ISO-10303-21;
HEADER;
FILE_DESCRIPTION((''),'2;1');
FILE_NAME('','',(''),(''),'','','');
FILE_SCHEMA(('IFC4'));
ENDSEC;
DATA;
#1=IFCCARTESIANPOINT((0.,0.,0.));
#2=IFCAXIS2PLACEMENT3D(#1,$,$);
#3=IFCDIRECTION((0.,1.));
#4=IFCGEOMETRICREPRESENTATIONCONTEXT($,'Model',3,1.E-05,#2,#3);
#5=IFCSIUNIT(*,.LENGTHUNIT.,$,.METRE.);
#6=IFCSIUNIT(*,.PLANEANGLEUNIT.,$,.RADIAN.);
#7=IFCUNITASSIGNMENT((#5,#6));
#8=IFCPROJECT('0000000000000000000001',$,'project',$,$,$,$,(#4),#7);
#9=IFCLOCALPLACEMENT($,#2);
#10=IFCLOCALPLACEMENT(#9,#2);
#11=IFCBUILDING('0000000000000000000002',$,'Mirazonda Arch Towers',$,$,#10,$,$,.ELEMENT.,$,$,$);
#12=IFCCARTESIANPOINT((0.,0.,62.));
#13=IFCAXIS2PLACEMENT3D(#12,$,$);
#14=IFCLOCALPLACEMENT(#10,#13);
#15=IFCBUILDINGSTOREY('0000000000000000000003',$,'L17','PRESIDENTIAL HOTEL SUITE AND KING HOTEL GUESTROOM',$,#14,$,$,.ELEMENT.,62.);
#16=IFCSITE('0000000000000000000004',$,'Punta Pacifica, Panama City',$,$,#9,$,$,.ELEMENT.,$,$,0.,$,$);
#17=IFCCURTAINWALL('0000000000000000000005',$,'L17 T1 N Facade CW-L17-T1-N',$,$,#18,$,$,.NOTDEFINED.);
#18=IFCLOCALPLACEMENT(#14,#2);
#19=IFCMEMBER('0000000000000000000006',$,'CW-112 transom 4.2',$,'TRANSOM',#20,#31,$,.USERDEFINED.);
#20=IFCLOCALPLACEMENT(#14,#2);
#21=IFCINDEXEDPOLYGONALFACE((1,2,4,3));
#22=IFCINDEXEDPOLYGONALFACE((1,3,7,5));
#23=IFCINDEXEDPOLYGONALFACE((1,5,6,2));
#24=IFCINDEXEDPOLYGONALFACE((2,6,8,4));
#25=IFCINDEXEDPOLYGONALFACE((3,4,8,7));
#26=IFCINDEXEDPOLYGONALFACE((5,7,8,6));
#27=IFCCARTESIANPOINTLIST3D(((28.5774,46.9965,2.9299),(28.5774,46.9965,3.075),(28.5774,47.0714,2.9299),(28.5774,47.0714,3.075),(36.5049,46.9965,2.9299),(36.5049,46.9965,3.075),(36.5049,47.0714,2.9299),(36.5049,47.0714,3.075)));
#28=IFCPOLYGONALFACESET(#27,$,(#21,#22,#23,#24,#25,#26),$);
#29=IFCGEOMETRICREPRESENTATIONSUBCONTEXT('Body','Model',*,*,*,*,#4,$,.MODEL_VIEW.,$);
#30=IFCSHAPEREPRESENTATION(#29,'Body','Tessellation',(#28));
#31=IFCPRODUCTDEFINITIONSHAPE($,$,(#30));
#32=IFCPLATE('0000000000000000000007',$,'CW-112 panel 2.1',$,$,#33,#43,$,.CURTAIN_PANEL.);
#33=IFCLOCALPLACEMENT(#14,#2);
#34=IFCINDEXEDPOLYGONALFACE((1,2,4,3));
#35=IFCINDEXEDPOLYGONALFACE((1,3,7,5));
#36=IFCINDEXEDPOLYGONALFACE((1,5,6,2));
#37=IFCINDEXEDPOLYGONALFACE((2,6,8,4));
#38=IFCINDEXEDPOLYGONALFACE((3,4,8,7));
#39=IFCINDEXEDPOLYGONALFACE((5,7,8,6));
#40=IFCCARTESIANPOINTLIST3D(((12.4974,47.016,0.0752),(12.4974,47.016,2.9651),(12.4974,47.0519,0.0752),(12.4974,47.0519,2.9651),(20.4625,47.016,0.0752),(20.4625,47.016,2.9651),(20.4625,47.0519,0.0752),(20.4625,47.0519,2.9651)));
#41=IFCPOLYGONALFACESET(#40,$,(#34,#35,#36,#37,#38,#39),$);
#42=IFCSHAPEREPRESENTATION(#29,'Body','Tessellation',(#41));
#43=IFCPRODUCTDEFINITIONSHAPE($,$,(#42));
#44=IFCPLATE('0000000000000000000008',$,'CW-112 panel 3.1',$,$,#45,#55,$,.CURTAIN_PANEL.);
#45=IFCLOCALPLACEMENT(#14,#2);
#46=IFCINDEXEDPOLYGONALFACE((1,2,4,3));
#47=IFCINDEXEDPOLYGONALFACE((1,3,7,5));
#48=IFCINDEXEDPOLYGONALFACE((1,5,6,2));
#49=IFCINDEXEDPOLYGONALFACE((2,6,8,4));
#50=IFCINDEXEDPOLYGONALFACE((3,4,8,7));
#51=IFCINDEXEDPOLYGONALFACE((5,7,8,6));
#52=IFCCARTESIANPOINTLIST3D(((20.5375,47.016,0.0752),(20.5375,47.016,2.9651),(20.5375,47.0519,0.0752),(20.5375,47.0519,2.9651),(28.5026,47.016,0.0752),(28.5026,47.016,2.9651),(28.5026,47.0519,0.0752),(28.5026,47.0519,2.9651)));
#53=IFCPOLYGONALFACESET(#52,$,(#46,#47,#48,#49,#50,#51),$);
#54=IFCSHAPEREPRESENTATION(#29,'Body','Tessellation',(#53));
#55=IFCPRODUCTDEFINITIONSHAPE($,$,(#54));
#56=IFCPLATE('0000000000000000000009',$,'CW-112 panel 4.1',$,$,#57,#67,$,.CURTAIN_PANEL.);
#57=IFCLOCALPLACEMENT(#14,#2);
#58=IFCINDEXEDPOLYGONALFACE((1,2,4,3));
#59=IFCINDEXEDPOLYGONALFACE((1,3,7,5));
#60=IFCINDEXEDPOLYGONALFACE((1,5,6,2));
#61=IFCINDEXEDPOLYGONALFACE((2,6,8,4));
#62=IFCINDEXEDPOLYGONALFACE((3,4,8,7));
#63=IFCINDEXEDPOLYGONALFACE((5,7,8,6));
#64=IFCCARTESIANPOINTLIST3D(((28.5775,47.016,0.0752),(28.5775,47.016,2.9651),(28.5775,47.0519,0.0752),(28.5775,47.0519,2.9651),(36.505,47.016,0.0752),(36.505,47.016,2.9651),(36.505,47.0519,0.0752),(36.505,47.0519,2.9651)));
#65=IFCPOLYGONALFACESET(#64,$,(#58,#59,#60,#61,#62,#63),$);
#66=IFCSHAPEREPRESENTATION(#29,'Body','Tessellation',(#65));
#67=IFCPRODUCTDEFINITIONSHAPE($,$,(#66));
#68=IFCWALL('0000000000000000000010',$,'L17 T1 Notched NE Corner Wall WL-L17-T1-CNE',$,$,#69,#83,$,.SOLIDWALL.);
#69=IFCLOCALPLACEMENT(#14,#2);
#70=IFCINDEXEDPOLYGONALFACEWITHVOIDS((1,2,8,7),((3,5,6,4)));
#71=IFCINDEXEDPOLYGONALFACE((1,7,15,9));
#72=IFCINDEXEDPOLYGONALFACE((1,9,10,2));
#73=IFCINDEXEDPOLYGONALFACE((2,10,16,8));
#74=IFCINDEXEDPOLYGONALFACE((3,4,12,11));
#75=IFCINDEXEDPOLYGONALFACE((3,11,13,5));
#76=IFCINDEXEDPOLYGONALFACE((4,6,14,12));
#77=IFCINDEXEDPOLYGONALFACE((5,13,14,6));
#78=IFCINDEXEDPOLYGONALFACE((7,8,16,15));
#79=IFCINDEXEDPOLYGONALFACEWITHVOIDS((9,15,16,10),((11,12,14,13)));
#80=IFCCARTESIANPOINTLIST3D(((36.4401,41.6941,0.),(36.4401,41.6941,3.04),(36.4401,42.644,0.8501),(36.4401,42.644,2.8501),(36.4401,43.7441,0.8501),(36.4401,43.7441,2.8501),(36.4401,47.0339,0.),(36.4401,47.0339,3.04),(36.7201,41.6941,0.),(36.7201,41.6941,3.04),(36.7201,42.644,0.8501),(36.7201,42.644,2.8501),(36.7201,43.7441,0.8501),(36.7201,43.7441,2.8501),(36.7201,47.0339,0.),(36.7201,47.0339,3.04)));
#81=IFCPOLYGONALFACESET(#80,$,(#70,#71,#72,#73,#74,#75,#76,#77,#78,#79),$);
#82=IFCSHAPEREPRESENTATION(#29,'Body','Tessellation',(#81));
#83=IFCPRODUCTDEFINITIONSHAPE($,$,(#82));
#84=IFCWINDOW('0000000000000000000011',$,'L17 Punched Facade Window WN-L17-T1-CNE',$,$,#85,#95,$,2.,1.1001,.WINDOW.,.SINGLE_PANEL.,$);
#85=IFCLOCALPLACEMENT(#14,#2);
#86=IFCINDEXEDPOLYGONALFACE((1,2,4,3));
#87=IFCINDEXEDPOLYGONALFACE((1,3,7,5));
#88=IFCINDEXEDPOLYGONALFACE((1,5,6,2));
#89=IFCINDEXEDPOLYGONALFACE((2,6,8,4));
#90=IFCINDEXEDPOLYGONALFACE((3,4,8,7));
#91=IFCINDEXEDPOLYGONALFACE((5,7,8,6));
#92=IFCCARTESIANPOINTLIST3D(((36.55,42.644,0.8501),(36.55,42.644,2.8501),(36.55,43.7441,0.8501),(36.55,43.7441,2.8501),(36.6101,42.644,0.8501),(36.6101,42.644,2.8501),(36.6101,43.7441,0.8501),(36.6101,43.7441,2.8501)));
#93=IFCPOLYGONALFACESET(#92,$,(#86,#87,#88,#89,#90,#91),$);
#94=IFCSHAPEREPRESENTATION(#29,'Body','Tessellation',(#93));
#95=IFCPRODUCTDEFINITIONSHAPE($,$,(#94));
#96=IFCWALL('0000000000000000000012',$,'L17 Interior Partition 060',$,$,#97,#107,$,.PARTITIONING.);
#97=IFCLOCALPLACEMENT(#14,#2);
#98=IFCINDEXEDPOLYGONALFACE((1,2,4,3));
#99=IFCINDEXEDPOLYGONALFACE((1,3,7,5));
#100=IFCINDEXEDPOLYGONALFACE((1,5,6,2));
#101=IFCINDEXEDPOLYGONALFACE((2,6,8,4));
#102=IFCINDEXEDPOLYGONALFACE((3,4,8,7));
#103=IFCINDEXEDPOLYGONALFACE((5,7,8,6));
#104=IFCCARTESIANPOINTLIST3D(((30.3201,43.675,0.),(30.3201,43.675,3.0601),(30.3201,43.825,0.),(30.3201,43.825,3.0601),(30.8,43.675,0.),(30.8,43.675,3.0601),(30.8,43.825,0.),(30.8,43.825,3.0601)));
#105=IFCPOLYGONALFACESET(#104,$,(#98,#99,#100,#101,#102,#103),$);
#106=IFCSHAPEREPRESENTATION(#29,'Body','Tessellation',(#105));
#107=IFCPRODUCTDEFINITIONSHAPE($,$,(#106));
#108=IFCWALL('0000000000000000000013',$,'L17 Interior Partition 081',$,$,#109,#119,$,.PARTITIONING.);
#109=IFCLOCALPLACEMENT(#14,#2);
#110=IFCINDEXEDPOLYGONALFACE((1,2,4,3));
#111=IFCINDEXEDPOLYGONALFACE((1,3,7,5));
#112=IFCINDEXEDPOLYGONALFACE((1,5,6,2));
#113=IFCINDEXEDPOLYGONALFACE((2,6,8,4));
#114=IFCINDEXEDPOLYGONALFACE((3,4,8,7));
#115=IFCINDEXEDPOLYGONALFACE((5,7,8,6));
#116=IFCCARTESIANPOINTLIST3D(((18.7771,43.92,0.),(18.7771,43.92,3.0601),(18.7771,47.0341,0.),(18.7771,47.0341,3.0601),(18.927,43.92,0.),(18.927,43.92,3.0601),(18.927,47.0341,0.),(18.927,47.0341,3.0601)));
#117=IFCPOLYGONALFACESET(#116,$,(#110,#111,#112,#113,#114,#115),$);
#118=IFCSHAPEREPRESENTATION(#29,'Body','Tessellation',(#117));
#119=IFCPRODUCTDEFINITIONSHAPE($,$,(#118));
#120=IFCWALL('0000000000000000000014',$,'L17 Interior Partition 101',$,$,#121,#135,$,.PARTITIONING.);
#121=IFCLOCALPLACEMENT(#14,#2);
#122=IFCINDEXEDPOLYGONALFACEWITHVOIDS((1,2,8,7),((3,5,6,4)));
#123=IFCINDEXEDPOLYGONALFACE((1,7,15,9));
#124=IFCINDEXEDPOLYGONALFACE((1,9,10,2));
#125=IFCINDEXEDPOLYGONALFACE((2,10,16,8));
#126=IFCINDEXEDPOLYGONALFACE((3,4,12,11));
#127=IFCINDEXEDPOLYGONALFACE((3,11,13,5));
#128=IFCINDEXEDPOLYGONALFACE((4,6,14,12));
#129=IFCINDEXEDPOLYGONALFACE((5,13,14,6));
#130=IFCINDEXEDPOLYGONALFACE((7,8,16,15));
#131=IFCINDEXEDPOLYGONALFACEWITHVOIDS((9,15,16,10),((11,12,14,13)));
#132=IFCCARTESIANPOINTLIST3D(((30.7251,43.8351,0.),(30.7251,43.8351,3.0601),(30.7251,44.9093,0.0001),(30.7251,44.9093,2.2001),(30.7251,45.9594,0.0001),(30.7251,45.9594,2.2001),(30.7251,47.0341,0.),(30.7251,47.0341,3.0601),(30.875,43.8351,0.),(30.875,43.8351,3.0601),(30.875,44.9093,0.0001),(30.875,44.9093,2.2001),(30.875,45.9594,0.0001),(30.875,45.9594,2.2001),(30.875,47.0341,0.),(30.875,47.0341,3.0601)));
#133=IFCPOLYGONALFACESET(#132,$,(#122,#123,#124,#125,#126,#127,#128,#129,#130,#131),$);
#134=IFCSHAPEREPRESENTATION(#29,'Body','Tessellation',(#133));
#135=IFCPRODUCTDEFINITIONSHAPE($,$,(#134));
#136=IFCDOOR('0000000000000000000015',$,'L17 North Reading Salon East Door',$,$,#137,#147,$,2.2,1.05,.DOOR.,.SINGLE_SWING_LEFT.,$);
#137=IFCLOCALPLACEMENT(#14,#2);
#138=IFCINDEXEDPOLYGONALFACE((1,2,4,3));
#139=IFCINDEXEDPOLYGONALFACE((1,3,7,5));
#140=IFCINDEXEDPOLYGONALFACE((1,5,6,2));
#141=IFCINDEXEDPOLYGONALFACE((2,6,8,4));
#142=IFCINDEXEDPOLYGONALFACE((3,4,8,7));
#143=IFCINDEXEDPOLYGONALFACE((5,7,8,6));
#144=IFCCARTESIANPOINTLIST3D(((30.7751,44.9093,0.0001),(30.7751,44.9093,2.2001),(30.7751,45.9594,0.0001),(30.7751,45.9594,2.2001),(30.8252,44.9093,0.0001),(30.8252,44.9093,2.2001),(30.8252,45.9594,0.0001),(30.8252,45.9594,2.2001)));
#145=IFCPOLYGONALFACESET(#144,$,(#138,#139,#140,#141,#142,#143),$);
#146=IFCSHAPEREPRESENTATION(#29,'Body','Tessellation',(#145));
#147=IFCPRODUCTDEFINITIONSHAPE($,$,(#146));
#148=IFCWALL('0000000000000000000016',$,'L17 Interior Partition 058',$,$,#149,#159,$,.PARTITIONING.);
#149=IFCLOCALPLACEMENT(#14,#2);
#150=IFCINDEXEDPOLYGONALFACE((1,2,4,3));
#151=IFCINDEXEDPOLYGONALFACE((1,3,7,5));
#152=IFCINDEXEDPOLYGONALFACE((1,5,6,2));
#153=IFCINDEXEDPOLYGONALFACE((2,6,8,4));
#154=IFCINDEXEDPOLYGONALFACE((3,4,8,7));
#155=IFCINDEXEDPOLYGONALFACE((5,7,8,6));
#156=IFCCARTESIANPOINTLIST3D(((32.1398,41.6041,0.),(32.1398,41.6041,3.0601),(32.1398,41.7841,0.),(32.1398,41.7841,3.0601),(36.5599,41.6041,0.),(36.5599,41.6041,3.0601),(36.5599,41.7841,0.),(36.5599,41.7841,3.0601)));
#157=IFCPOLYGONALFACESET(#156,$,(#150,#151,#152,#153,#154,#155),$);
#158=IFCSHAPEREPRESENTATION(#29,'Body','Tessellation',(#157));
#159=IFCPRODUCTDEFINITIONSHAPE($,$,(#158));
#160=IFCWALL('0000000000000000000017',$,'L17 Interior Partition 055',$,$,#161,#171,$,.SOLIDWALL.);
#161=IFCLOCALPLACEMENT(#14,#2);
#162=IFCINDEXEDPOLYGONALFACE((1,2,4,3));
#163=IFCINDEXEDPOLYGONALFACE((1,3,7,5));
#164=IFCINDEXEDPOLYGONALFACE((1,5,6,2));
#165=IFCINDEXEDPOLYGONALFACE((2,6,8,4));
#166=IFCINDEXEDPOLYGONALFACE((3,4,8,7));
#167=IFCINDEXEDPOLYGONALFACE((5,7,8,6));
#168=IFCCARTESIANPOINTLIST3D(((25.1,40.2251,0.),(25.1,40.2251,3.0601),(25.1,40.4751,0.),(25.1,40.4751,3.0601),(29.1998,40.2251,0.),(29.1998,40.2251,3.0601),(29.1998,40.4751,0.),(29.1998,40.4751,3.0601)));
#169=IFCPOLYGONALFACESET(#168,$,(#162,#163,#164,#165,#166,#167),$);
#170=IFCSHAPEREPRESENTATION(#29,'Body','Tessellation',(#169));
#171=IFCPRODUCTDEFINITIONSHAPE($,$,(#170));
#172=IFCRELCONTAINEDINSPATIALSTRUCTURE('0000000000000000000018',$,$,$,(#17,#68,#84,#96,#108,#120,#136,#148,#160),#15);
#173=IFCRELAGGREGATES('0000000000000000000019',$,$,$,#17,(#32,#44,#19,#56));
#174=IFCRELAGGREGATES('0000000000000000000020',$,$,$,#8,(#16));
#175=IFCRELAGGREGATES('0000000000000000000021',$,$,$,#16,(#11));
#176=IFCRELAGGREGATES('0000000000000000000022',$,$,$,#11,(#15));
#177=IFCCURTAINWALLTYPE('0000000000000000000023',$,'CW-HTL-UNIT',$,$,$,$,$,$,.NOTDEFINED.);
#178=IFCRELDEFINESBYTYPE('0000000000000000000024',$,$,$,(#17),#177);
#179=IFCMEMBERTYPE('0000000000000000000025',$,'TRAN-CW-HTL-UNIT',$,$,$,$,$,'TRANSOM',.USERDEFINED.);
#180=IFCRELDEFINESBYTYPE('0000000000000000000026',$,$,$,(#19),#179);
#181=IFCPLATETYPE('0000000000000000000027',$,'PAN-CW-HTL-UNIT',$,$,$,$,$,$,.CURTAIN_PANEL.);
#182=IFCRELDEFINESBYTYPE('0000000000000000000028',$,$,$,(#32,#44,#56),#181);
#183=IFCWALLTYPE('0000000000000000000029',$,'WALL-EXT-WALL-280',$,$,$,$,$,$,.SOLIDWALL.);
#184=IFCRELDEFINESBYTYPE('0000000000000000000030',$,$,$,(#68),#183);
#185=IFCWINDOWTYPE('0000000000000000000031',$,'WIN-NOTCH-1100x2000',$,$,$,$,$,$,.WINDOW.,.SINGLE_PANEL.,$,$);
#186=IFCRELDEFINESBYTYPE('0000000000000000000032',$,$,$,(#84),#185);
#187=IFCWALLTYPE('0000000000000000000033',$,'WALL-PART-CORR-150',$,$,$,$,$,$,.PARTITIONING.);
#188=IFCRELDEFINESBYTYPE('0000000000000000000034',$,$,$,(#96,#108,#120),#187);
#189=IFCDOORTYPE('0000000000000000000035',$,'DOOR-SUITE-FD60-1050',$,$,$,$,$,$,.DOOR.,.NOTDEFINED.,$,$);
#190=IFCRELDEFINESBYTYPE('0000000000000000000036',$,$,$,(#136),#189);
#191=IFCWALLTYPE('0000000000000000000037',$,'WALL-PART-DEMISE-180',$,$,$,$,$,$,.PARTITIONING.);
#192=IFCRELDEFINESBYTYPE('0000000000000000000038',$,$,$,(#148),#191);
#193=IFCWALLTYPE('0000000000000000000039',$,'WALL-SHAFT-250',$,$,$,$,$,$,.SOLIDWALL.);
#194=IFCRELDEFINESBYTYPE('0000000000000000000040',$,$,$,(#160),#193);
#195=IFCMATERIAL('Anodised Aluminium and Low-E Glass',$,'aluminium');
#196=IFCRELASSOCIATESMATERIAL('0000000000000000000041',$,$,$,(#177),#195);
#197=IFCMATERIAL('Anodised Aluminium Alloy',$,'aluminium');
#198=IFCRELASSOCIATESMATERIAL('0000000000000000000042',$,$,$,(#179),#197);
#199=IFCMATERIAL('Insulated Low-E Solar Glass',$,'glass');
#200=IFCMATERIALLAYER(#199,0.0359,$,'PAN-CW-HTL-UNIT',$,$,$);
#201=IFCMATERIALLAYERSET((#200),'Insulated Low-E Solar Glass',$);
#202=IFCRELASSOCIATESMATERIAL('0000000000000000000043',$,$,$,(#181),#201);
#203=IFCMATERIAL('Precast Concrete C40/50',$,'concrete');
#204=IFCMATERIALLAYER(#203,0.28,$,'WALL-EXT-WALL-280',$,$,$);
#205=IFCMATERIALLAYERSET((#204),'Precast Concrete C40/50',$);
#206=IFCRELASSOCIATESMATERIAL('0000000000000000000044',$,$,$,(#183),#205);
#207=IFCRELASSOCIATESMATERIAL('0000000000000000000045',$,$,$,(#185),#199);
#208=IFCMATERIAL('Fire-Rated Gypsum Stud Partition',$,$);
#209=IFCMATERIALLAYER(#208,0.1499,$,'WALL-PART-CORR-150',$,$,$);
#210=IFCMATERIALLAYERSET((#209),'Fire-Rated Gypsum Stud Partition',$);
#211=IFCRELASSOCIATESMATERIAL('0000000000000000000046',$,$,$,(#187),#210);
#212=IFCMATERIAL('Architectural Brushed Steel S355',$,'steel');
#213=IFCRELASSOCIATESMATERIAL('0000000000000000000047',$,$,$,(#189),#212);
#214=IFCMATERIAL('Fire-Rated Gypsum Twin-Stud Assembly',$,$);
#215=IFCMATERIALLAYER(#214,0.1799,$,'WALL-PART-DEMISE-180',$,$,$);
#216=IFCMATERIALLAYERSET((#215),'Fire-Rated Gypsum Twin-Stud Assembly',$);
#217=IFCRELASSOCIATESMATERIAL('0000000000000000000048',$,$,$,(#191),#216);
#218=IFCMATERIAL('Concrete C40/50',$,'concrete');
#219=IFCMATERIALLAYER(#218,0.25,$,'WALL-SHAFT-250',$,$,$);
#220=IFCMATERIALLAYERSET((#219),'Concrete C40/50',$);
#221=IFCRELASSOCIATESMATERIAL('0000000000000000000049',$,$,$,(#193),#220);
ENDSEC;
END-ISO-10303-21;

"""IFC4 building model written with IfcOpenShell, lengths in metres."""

from ifc_helpers import new_model, si_unit, direction, frame, frame_2d, origin, origin_2d, place, context, subcontext, project, spatial, rectangle, extrude, material, layer, layer_set, material_profile, profile_set, type_object, element, fill, aggregate, save


model = new_model("IFC4")

# Units and contexts
model_context = context("Model", 3, precision=1e-05, world=origin(), true_north=direction((0.0, 1.0)))
body_context = subcontext(model_context, "Body", "Model", "MODEL_VIEW")
ifc_project = project(units=[si_unit("LENGTHUNIT", "METRE"), si_unit("PLANEANGLEUNIT", "RADIAN")], contexts=[model_context])

# Site, building, storey
site_placement = place(None, origin())
site = spatial("IfcSite", under=ifc_project, at=site_placement, Name="Punta Pacifica, Panama City", CompositionType="ELEMENT", RefElevation=0.0)
building_placement = place(site_placement, origin())
building = spatial("IfcBuilding", under=site, at=building_placement, Name="Mirazonda Arch Towers", CompositionType="ELEMENT")
storey_placement = place(building_placement, frame((0.0, 0.0, 62.0)))
storey = spatial("IfcBuildingStorey", under=building, at=storey_placement, Name="L17", Description="PRESIDENTIAL HOTEL SUITE AND KING HOTEL GUESTROOM", CompositionType="ELEMENT", Elevation=62.0)

# Curtain wall, member, plates
ifc_material_1 = material(Name="Anodised Aluminium and Low-E Glass", Category="aluminium")
curtain_wall_type = type_object("IfcCurtainWallType", Name="CW-HTL-UNIT", PredefinedType="NOTDEFINED", material=ifc_material_1)
curtain_wall_placement = place(storey_placement, origin())
curtain_wall = element("IfcCurtainWall", 1, at=curtain_wall_placement, inside=storey, type_object=curtain_wall_type, Name="L17 T1 N Facade CW-L17-T1-N", PredefinedType="NOTDEFINED")
ifc_material_2 = material(Name="Anodised Aluminium Alloy", Category="aluminium")
ifc_material_profile_1 = material_profile(ifc_material_2, rectangle(XDim=0.075, YDim=0.145, at=origin_2d()), Name="ALU-TRAN-75x145")
ifc_profile_set_1 = profile_set([ifc_material_profile_1], Name="Anodised Aluminium Alloy")
member_type_1 = type_object("IfcMemberType", Name="TRAN-CW-HTL-UNIT", ElementType="TRANSOM", PredefinedType="USERDEFINED", material=ifc_profile_set_1)
member_1_placement = place(storey_placement, frame((28.5774, 47.0339, 3.0024), z_axis=(1.0, 0.0, 0.0), x_axis=(0.0, 1.0, 0.0)))
member_1 = element("IfcMember", 2, at=member_1_placement, type_object=member_type_1, Name="CW-112 transom 4.2", ObjectType="TRANSOM", PredefinedType="USERDEFINED", context=body_context, shape_type="SweptSolid", body=[
    extrude(rectangle(XDim=0.075, YDim=0.145, at=origin_2d()), origin(), (0.0, 0.0, 1.0), 7.9275),
])
ifc_material_3 = material(Name="Insulated Low-E Solar Glass", Category="glass")
ifc_layer_1 = layer(ifc_material_3, 0.0359, Name="PAN-CW-HTL-UNIT")
ifc_layer_set_1 = layer_set([ifc_layer_1], Name="Insulated Low-E Solar Glass")
plate_type = type_object("IfcPlateType", Name="PAN-CW-HTL-UNIT", PredefinedType="CURTAIN_PANEL", material=ifc_layer_set_1)
plate_1_placement = place(storey_placement, frame((16.48, 47.0339, 0.0752), z_axis=(0.0, 0.0, 1.0), x_axis=(1.0, 0.0, 0.0)))
plate_1 = element("IfcPlate", 3, at=plate_1_placement, type_object=plate_type, Name="CW-112 panel 2.1", PredefinedType="CURTAIN_PANEL", context=body_context, shape_type="SweptSolid", body=[
    extrude(rectangle(XDim=7.9651, YDim=0.0359, at=origin_2d()), origin(), (0.0, 0.0, 1.0), 2.8899),
])
plate_2_placement = place(storey_placement, frame((24.52, 47.0339, 0.0752), z_axis=(0.0, 0.0, 1.0), x_axis=(1.0, 0.0, 0.0)))
plate_2 = element("IfcPlate", 4, at=plate_2_placement, type_object=plate_type, Name="CW-112 panel 3.1", PredefinedType="CURTAIN_PANEL", context=body_context, shape_type="SweptSolid", body=[
    extrude(rectangle(XDim=7.9651, YDim=0.0359, at=origin_2d()), origin(), (0.0, 0.0, 1.0), 2.8899),
])
plate_3_placement = place(storey_placement, frame((32.5413, 47.0339, 0.0752), z_axis=(0.0, 0.0, 1.0), x_axis=(1.0, 0.0, 0.0)))
plate_3 = element("IfcPlate", 5, at=plate_3_placement, type_object=plate_type, Name="CW-112 panel 4.1", PredefinedType="CURTAIN_PANEL", context=body_context, shape_type="SweptSolid", body=[
    extrude(rectangle(XDim=7.9275, YDim=0.0359, at=origin_2d()), origin(), (0.0, 0.0, 1.0), 2.8899),
])
aggregate(curtain_wall, [plate_1, plate_2, member_1, plate_3])

# Wall, opening, window
ifc_material_4 = material(Name="Precast Concrete C40/50", Category="concrete")
ifc_layer_2 = layer(ifc_material_4, 0.28, Name="WALL-EXT-WALL-280")
ifc_layer_set_2 = layer_set([ifc_layer_2], Name="Precast Concrete C40/50")
wall_type_1 = type_object("IfcWallType", Name="WALL-EXT-WALL-280", PredefinedType="SOLIDWALL", material=ifc_layer_set_2)
wall_1_placement = place(storey_placement, frame((36.5801, 41.6941, 0.0), z_axis=(0.0, 0.0, 1.0), x_axis=(0.0, 1.0, 0.0)))
wall_1 = element("IfcWall", 6, at=wall_1_placement, inside=storey, type_object=wall_type_1, Name="L17 T1 Notched NE Corner Wall WL-L17-T1-CNE", PredefinedType="SOLIDWALL", context=body_context, shape_type="SweptSolid", body=[
    extrude(rectangle(XDim=5.3398, YDim=0.28, at=frame_2d((2.6699, 0.0))), origin(), (0.0, 0.0, 1.0), 3.04),
])
opening_1_placement = place(wall_1_placement, frame((0.95, 0.0, 0.8501)))
opening_1 = element("IfcOpeningElement", 7, at=opening_1_placement, cuts=wall_1, PredefinedType="OPENING", context=body_context, shape_type="SweptSolid", body=[
    extrude(rectangle(XDim=1.1001, YDim=2.0, at=frame_2d((0.55, 1.0))), frame((0.0, 0.1499, 0.0), z_axis=(0.0, -1.0, 0.0), x_axis=(1.0, 0.0, 0.0)), (0.0, 0.0, 1.0), 0.3),
])
window_type = type_object("IfcWindowType", Name="WIN-NOTCH-1100x2000", PartitioningType="SINGLE_PANEL", PredefinedType="WINDOW", material=ifc_material_3)
window_placement = place(opening_1_placement, origin())
window = element("IfcWindow", 8, at=window_placement, inside=storey, type_object=window_type, Name="L17 Punched Facade Window WN-L17-T1-CNE", OverallHeight=2.0, OverallWidth=1.1001, PartitioningType="SINGLE_PANEL", PredefinedType="WINDOW", context=body_context, shape_type="SweptSolid", body=[
    extrude(rectangle(XDim=1.1001, YDim=2.0, at=frame_2d((0.55, 1.0))), frame((0.0, 0.03, 0.0), z_axis=(0.0, -1.0, 0.0), x_axis=(1.0, 0.0, 0.0)), (0.0, 0.0, 1.0), 0.0601),
])
fill(opening_1, window)

# Walls
ifc_material_5 = material(Name="Fire-Rated Gypsum Stud Partition")
ifc_layer_3 = layer(ifc_material_5, 0.1499, Name="WALL-PART-CORR-150")
ifc_layer_set_3 = layer_set([ifc_layer_3], Name="Fire-Rated Gypsum Stud Partition")
wall_type_2 = type_object("IfcWallType", Name="WALL-PART-CORR-150", PredefinedType="PARTITIONING", material=ifc_layer_set_3)
wall_2_placement = place(storey_placement, frame((30.3201, 43.75, 0.0), z_axis=(0.0, 0.0, 1.0), x_axis=(1.0, 0.0, 0.0)))
element("IfcWall", 9, at=wall_2_placement, inside=storey, type_object=wall_type_2, Name="L17 Interior Partition 060", PredefinedType="PARTITIONING", context=body_context, shape_type="SweptSolid", body=[
    extrude(rectangle(XDim=0.48, YDim=0.1499, at=frame_2d((0.24, 0.0))), origin(), (0.0, 0.0, 1.0), 3.0601),
])
wall_3_placement = place(storey_placement, frame((18.8521, 43.9199, 0.0), z_axis=(0.0, 0.0, 1.0), x_axis=(0.0, 1.0, 0.0)))
element("IfcWall", 10, at=wall_3_placement, inside=storey, type_object=wall_type_2, Name="L17 Interior Partition 081", PredefinedType="PARTITIONING", context=body_context, shape_type="SweptSolid", body=[
    extrude(rectangle(XDim=3.114, YDim=0.1499, at=frame_2d((1.5571, 0.0))), origin(), (0.0, 0.0, 1.0), 3.0601),
])

# Wall, opening, door
wall_4_placement = place(storey_placement, frame((30.8, 43.835, 0.0), z_axis=(0.0, 0.0, 1.0), x_axis=(0.0, 1.0, 0.0)))
wall_4 = element("IfcWall", 11, at=wall_4_placement, inside=storey, type_object=wall_type_2, Name="L17 Interior Partition 101", PredefinedType="PARTITIONING", context=body_context, shape_type="SweptSolid", body=[
    extrude(rectangle(XDim=3.199, YDim=0.1499, at=frame_2d((1.5996, 0.0))), origin(), (0.0, 0.0, 1.0), 3.0601),
])
opening_2_placement = place(wall_4_placement, frame((1.0745, 0.0, 0.0)))
opening_2 = element("IfcOpeningElement", 12, at=opening_2_placement, cuts=wall_4, PredefinedType="OPENING", context=body_context, shape_type="SweptSolid", body=[
    extrude(rectangle(XDim=1.05, YDim=2.2, at=frame_2d((0.5249, 1.1001))), frame((0.0, 0.085, 0.0), z_axis=(0.0, -1.0, 0.0), x_axis=(1.0, 0.0, 0.0)), (0.0, 0.0, 1.0), 0.1699),
])
ifc_material_6 = material(Name="Architectural Brushed Steel S355", Category="steel")
door_type_1 = type_object("IfcDoorType", Name="DOOR-SUITE-FD60-1050", OperationType="NOTDEFINED", PredefinedType="DOOR", material=ifc_material_6)
door_1_placement = place(opening_2_placement, origin())
door_1 = element("IfcDoor", 13, at=door_1_placement, inside=storey, type_object=door_type_1, Name="L17 North Reading Salon East Door", OperationType="SINGLE_SWING_LEFT", OverallHeight=2.2, OverallWidth=1.05, PredefinedType="DOOR", context=body_context, shape_type="SweptSolid", body=[
    extrude(rectangle(XDim=1.05, YDim=2.2, at=frame_2d((0.5249, 1.1001))), frame((0.0, 0.0249, 0.0), z_axis=(0.0, -1.0, 0.0), x_axis=(1.0, 0.0, 0.0)), (0.0, 0.0, 1.0), 0.05),
])
fill(opening_2, door_1)

# Wall
ifc_material_7 = material(Name="Fire-Rated Gypsum Twin-Stud Assembly")
ifc_layer_4 = layer(ifc_material_7, 0.1799, Name="WALL-PART-DEMISE-180")
ifc_layer_set_4 = layer_set([ifc_layer_4], Name="Fire-Rated Gypsum Twin-Stud Assembly")
wall_type_3 = type_object("IfcWallType", Name="WALL-PART-DEMISE-180", PredefinedType="PARTITIONING", material=ifc_layer_set_4)
wall_5_placement = place(storey_placement, frame((32.1399, 41.6941, 0.0), z_axis=(0.0, 0.0, 1.0), x_axis=(1.0, 0.0, 0.0)))
element("IfcWall", 14, at=wall_5_placement, inside=storey, type_object=wall_type_3, Name="L17 Interior Partition 058", PredefinedType="PARTITIONING", context=body_context, shape_type="SweptSolid", body=[
    extrude(rectangle(XDim=4.4202, YDim=0.1799, at=frame_2d((2.21, 0.0))), origin(), (0.0, 0.0, 1.0), 3.0601),
])

# Wall
ifc_material_8 = material(Name="Concrete C40/50", Category="concrete")
ifc_layer_5 = layer(ifc_material_8, 0.25, Name="WALL-SHAFT-250")
ifc_layer_set_5 = layer_set([ifc_layer_5], Name="Concrete C40/50")
wall_type_4 = type_object("IfcWallType", Name="WALL-SHAFT-250", PredefinedType="SOLIDWALL", material=ifc_layer_set_5)
wall_6_placement = place(storey_placement, frame((25.1001, 40.3501, 0.0), z_axis=(0.0, 0.0, 1.0), x_axis=(1.0, 0.0, 0.0)))
element("IfcWall", 15, at=wall_6_placement, inside=storey, type_object=wall_type_4, Name="L17 Interior Partition 055", PredefinedType="SOLIDWALL", context=body_context, shape_type="SweptSolid", body=[
    extrude(rectangle(XDim=4.0999, YDim=0.25, at=frame_2d((2.0498, 0.0))), origin(), (0.0, 0.0, 1.0), 3.0601),
])

save(model, "model.ifc")
